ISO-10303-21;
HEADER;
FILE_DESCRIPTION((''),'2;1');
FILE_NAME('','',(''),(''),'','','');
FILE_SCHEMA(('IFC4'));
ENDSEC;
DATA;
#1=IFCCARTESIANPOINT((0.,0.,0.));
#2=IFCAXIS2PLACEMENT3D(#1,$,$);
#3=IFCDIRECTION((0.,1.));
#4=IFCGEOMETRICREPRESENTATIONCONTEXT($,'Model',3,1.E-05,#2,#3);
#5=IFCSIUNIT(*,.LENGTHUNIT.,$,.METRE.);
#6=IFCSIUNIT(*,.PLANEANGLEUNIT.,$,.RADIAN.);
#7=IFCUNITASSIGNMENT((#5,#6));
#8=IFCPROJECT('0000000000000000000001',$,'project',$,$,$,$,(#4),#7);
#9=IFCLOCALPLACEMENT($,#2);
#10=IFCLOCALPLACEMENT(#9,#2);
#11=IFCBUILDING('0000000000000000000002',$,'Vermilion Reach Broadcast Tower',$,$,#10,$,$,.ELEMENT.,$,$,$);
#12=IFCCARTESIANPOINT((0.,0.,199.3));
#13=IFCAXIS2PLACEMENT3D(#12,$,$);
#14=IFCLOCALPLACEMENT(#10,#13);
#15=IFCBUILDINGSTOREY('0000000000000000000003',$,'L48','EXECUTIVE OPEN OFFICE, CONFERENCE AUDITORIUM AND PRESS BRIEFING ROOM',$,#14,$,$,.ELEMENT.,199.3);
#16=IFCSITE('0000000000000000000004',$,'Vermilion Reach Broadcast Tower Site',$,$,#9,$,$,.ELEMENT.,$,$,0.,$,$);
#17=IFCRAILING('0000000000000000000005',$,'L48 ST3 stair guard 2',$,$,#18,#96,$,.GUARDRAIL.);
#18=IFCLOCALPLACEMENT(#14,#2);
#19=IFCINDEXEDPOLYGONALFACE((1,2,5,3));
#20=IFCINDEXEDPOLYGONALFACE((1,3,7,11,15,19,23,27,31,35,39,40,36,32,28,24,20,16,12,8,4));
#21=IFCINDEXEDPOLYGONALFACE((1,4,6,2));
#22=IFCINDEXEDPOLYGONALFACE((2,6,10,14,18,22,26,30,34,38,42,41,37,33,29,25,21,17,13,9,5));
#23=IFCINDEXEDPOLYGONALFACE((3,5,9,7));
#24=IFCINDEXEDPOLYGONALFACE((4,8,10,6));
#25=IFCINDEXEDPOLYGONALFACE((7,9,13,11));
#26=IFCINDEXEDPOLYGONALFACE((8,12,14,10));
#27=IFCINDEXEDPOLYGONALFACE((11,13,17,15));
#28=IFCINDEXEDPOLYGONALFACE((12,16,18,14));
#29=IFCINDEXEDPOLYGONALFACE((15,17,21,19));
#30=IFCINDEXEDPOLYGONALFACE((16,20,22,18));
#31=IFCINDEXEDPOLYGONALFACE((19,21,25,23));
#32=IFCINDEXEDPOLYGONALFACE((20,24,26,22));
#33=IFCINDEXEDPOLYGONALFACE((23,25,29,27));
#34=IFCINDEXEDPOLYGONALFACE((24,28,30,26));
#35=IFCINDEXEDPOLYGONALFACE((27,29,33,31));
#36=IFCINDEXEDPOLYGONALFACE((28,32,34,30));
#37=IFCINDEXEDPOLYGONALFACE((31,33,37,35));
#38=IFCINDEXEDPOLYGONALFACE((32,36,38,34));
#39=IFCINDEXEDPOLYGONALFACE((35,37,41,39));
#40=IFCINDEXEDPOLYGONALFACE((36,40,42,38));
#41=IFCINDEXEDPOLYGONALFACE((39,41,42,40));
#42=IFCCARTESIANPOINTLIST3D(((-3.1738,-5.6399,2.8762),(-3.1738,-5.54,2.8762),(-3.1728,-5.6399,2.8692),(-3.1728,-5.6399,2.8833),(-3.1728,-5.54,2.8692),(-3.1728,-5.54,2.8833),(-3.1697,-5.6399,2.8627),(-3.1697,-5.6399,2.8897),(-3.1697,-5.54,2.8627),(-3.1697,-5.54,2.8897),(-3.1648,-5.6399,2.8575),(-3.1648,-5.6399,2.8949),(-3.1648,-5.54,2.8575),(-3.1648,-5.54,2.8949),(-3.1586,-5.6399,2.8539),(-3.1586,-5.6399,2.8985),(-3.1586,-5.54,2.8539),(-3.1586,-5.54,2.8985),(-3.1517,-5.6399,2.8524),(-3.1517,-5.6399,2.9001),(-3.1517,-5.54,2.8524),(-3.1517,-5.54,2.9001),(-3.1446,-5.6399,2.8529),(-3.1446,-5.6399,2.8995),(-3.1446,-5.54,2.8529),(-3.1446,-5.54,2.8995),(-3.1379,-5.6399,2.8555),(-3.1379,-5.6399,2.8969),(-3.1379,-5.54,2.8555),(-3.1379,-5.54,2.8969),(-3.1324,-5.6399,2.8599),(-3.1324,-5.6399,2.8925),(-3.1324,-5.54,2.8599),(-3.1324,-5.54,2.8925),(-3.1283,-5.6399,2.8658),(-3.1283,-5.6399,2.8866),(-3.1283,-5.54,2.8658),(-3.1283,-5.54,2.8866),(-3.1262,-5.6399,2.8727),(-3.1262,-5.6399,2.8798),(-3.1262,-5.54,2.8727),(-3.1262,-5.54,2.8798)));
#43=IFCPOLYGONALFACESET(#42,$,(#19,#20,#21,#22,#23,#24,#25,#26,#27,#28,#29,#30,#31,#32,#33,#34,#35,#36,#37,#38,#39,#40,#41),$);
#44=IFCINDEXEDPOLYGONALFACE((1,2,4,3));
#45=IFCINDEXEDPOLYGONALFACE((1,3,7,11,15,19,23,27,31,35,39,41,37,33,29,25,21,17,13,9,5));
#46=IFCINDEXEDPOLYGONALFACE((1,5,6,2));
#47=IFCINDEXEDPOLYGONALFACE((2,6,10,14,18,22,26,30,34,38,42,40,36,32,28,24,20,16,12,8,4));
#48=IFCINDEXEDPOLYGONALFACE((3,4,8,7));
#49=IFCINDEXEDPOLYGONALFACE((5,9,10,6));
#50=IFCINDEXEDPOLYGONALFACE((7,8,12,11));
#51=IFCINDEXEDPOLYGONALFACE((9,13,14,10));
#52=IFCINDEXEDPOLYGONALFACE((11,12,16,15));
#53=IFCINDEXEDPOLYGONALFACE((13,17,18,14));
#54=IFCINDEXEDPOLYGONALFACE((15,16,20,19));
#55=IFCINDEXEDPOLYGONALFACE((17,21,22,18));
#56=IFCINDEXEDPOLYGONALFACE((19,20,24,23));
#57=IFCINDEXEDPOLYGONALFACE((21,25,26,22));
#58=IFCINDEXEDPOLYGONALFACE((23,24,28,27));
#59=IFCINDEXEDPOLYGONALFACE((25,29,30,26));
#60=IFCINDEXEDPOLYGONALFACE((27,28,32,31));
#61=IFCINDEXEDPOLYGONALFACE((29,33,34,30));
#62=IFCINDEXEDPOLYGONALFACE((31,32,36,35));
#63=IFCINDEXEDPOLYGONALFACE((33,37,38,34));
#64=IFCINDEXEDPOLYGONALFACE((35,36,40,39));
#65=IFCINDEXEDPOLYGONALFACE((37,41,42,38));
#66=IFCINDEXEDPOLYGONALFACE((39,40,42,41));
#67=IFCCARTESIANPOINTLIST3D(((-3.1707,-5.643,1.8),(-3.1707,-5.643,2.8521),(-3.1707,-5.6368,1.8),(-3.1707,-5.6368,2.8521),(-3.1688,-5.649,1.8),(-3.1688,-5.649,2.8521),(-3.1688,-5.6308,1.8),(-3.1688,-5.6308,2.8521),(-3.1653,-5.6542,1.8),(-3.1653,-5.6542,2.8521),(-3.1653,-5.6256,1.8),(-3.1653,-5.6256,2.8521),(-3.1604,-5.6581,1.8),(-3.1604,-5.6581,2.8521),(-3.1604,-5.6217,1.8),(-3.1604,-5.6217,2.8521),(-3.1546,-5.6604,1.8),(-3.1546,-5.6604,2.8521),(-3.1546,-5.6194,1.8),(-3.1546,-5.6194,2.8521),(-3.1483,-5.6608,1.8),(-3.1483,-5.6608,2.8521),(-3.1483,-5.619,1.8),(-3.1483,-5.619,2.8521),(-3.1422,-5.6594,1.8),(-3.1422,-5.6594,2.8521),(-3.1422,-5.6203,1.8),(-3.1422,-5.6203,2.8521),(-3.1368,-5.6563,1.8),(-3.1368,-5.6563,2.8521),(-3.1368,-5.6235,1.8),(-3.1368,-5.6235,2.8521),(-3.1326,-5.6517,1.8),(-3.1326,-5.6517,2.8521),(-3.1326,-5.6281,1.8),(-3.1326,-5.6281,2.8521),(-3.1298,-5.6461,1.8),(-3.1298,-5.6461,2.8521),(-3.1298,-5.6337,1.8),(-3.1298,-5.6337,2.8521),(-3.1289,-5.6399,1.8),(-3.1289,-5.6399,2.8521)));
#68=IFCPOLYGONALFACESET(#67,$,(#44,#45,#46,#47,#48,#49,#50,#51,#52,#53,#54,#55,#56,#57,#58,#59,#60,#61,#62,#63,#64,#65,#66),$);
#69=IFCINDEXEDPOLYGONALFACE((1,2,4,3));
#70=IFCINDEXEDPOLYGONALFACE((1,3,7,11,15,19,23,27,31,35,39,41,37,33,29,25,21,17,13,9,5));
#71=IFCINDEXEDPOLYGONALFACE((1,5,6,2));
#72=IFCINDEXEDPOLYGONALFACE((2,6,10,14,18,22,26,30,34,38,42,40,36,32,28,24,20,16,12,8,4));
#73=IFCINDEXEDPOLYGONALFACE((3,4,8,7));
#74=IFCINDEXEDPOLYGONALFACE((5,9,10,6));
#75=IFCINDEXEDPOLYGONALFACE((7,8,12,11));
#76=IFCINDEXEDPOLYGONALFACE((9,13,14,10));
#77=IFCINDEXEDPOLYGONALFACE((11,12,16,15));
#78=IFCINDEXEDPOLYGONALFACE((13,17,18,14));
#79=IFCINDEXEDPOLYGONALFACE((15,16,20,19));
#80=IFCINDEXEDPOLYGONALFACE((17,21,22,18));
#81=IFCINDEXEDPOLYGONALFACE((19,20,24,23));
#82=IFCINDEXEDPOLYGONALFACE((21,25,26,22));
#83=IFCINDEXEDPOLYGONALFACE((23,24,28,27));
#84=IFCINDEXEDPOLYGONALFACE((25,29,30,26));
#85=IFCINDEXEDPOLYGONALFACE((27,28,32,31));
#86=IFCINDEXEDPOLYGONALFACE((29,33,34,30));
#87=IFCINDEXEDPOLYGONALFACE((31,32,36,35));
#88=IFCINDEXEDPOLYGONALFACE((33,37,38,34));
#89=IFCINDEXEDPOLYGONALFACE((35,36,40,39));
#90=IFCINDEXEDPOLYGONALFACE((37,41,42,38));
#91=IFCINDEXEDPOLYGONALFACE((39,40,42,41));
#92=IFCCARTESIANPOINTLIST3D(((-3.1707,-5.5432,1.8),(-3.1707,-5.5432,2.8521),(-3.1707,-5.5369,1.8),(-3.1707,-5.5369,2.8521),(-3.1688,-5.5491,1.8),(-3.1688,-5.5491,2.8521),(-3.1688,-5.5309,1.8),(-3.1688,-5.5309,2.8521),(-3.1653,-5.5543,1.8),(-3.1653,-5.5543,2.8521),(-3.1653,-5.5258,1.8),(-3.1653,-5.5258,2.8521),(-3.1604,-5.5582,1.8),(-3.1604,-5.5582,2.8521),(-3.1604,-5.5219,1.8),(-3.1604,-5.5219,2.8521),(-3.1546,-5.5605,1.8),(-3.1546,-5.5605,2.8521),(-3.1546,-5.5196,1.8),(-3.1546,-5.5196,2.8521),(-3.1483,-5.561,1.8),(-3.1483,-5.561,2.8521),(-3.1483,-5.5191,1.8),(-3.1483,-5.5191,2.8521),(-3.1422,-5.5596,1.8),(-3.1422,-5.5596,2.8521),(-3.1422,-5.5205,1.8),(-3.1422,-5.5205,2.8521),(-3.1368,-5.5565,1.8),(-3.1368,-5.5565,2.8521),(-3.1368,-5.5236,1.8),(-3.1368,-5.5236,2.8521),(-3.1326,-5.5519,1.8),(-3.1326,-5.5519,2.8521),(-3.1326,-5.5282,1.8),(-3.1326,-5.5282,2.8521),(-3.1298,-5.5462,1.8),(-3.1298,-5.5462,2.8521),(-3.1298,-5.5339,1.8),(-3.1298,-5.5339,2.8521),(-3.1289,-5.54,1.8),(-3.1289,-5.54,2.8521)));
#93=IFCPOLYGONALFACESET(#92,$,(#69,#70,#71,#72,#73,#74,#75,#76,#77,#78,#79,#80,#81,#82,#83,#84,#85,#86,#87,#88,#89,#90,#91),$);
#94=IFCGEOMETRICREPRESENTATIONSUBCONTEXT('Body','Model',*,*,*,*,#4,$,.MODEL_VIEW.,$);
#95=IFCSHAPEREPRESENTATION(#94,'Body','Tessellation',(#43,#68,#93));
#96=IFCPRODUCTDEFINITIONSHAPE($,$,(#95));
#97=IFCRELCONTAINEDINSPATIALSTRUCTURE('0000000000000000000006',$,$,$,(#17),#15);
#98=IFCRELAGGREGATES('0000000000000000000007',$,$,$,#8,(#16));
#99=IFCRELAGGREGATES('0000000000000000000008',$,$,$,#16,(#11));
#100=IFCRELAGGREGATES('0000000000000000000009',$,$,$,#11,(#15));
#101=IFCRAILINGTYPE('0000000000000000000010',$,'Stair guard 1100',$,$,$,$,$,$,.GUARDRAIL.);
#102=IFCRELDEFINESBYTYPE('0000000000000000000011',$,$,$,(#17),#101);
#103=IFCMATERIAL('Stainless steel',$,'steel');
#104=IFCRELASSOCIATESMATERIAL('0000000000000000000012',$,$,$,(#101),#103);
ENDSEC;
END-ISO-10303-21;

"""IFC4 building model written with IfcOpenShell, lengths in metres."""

from ifc_helpers import new_model, si_unit, direction, frame, origin, origin_2d, place, context, subcontext, project, spatial, circle, extrude, material, type_object, element, save


model = new_model("IFC4")

# Units and contexts
model_context = context("Model", 3, precision=1e-05, world=origin(), true_north=direction((0.0, 1.0)))
body_context = subcontext(model_context, "Body", "Model", "MODEL_VIEW")
ifc_project = project(units=[si_unit("LENGTHUNIT", "METRE"), si_unit("PLANEANGLEUNIT", "RADIAN")], contexts=[model_context])

# Site, building, storey
site_placement = place(None, origin())
site = spatial("IfcSite", under=ifc_project, at=site_placement, Name="Vermilion Reach Broadcast Tower Site", CompositionType="ELEMENT", RefElevation=0.0)
building_placement = place(site_placement, origin())
building = spatial("IfcBuilding", under=site, at=building_placement, Name="Vermilion Reach Broadcast Tower", CompositionType="ELEMENT")
storey_placement = place(building_placement, frame((0.0, 0.0, 199.3)))
storey = spatial("IfcBuildingStorey", under=building, at=storey_placement, Name="L48", Description="EXECUTIVE OPEN OFFICE, CONFERENCE AUDITORIUM AND PRESS BRIEFING ROOM", CompositionType="ELEMENT", Elevation=199.3)

# Railing
ifc_material_1 = material(Name="Stainless steel", Category="steel")
railing_type_1 = type_object("IfcRailingType", Name="Stair guard 1100", PredefinedType="GUARDRAIL", material=ifc_material_1)
railing_1_placement = place(storey_placement, frame((-3.1499, -5.6399, 1.8)))
element("IfcRailing", 1, at=railing_1_placement, inside=storey, type_object=railing_type_1, Name="L48 ST3 stair guard 2", PredefinedType="GUARDRAIL", context=body_context, shape_type="SweptSolid", body=[
    extrude(circle(Radius=0.0239, at=origin_2d()), frame((0.0, 0.0, 1.0762), z_axis=(0.0, 1.0, 0.0), x_axis=(-1.0, 0.0, 0.0)), (0.0, 0.0, 1.0), 0.0999),
    extrude(circle(Radius=0.021, at=origin_2d()), origin(), (0.0, 0.0, 1.0), 1.052),
    extrude(circle(Radius=0.021, at=origin_2d()), frame((0.0, 0.0999, 0.0)), (0.0, 0.0, 1.0), 1.052),
])

save(model, "model.ifc")
